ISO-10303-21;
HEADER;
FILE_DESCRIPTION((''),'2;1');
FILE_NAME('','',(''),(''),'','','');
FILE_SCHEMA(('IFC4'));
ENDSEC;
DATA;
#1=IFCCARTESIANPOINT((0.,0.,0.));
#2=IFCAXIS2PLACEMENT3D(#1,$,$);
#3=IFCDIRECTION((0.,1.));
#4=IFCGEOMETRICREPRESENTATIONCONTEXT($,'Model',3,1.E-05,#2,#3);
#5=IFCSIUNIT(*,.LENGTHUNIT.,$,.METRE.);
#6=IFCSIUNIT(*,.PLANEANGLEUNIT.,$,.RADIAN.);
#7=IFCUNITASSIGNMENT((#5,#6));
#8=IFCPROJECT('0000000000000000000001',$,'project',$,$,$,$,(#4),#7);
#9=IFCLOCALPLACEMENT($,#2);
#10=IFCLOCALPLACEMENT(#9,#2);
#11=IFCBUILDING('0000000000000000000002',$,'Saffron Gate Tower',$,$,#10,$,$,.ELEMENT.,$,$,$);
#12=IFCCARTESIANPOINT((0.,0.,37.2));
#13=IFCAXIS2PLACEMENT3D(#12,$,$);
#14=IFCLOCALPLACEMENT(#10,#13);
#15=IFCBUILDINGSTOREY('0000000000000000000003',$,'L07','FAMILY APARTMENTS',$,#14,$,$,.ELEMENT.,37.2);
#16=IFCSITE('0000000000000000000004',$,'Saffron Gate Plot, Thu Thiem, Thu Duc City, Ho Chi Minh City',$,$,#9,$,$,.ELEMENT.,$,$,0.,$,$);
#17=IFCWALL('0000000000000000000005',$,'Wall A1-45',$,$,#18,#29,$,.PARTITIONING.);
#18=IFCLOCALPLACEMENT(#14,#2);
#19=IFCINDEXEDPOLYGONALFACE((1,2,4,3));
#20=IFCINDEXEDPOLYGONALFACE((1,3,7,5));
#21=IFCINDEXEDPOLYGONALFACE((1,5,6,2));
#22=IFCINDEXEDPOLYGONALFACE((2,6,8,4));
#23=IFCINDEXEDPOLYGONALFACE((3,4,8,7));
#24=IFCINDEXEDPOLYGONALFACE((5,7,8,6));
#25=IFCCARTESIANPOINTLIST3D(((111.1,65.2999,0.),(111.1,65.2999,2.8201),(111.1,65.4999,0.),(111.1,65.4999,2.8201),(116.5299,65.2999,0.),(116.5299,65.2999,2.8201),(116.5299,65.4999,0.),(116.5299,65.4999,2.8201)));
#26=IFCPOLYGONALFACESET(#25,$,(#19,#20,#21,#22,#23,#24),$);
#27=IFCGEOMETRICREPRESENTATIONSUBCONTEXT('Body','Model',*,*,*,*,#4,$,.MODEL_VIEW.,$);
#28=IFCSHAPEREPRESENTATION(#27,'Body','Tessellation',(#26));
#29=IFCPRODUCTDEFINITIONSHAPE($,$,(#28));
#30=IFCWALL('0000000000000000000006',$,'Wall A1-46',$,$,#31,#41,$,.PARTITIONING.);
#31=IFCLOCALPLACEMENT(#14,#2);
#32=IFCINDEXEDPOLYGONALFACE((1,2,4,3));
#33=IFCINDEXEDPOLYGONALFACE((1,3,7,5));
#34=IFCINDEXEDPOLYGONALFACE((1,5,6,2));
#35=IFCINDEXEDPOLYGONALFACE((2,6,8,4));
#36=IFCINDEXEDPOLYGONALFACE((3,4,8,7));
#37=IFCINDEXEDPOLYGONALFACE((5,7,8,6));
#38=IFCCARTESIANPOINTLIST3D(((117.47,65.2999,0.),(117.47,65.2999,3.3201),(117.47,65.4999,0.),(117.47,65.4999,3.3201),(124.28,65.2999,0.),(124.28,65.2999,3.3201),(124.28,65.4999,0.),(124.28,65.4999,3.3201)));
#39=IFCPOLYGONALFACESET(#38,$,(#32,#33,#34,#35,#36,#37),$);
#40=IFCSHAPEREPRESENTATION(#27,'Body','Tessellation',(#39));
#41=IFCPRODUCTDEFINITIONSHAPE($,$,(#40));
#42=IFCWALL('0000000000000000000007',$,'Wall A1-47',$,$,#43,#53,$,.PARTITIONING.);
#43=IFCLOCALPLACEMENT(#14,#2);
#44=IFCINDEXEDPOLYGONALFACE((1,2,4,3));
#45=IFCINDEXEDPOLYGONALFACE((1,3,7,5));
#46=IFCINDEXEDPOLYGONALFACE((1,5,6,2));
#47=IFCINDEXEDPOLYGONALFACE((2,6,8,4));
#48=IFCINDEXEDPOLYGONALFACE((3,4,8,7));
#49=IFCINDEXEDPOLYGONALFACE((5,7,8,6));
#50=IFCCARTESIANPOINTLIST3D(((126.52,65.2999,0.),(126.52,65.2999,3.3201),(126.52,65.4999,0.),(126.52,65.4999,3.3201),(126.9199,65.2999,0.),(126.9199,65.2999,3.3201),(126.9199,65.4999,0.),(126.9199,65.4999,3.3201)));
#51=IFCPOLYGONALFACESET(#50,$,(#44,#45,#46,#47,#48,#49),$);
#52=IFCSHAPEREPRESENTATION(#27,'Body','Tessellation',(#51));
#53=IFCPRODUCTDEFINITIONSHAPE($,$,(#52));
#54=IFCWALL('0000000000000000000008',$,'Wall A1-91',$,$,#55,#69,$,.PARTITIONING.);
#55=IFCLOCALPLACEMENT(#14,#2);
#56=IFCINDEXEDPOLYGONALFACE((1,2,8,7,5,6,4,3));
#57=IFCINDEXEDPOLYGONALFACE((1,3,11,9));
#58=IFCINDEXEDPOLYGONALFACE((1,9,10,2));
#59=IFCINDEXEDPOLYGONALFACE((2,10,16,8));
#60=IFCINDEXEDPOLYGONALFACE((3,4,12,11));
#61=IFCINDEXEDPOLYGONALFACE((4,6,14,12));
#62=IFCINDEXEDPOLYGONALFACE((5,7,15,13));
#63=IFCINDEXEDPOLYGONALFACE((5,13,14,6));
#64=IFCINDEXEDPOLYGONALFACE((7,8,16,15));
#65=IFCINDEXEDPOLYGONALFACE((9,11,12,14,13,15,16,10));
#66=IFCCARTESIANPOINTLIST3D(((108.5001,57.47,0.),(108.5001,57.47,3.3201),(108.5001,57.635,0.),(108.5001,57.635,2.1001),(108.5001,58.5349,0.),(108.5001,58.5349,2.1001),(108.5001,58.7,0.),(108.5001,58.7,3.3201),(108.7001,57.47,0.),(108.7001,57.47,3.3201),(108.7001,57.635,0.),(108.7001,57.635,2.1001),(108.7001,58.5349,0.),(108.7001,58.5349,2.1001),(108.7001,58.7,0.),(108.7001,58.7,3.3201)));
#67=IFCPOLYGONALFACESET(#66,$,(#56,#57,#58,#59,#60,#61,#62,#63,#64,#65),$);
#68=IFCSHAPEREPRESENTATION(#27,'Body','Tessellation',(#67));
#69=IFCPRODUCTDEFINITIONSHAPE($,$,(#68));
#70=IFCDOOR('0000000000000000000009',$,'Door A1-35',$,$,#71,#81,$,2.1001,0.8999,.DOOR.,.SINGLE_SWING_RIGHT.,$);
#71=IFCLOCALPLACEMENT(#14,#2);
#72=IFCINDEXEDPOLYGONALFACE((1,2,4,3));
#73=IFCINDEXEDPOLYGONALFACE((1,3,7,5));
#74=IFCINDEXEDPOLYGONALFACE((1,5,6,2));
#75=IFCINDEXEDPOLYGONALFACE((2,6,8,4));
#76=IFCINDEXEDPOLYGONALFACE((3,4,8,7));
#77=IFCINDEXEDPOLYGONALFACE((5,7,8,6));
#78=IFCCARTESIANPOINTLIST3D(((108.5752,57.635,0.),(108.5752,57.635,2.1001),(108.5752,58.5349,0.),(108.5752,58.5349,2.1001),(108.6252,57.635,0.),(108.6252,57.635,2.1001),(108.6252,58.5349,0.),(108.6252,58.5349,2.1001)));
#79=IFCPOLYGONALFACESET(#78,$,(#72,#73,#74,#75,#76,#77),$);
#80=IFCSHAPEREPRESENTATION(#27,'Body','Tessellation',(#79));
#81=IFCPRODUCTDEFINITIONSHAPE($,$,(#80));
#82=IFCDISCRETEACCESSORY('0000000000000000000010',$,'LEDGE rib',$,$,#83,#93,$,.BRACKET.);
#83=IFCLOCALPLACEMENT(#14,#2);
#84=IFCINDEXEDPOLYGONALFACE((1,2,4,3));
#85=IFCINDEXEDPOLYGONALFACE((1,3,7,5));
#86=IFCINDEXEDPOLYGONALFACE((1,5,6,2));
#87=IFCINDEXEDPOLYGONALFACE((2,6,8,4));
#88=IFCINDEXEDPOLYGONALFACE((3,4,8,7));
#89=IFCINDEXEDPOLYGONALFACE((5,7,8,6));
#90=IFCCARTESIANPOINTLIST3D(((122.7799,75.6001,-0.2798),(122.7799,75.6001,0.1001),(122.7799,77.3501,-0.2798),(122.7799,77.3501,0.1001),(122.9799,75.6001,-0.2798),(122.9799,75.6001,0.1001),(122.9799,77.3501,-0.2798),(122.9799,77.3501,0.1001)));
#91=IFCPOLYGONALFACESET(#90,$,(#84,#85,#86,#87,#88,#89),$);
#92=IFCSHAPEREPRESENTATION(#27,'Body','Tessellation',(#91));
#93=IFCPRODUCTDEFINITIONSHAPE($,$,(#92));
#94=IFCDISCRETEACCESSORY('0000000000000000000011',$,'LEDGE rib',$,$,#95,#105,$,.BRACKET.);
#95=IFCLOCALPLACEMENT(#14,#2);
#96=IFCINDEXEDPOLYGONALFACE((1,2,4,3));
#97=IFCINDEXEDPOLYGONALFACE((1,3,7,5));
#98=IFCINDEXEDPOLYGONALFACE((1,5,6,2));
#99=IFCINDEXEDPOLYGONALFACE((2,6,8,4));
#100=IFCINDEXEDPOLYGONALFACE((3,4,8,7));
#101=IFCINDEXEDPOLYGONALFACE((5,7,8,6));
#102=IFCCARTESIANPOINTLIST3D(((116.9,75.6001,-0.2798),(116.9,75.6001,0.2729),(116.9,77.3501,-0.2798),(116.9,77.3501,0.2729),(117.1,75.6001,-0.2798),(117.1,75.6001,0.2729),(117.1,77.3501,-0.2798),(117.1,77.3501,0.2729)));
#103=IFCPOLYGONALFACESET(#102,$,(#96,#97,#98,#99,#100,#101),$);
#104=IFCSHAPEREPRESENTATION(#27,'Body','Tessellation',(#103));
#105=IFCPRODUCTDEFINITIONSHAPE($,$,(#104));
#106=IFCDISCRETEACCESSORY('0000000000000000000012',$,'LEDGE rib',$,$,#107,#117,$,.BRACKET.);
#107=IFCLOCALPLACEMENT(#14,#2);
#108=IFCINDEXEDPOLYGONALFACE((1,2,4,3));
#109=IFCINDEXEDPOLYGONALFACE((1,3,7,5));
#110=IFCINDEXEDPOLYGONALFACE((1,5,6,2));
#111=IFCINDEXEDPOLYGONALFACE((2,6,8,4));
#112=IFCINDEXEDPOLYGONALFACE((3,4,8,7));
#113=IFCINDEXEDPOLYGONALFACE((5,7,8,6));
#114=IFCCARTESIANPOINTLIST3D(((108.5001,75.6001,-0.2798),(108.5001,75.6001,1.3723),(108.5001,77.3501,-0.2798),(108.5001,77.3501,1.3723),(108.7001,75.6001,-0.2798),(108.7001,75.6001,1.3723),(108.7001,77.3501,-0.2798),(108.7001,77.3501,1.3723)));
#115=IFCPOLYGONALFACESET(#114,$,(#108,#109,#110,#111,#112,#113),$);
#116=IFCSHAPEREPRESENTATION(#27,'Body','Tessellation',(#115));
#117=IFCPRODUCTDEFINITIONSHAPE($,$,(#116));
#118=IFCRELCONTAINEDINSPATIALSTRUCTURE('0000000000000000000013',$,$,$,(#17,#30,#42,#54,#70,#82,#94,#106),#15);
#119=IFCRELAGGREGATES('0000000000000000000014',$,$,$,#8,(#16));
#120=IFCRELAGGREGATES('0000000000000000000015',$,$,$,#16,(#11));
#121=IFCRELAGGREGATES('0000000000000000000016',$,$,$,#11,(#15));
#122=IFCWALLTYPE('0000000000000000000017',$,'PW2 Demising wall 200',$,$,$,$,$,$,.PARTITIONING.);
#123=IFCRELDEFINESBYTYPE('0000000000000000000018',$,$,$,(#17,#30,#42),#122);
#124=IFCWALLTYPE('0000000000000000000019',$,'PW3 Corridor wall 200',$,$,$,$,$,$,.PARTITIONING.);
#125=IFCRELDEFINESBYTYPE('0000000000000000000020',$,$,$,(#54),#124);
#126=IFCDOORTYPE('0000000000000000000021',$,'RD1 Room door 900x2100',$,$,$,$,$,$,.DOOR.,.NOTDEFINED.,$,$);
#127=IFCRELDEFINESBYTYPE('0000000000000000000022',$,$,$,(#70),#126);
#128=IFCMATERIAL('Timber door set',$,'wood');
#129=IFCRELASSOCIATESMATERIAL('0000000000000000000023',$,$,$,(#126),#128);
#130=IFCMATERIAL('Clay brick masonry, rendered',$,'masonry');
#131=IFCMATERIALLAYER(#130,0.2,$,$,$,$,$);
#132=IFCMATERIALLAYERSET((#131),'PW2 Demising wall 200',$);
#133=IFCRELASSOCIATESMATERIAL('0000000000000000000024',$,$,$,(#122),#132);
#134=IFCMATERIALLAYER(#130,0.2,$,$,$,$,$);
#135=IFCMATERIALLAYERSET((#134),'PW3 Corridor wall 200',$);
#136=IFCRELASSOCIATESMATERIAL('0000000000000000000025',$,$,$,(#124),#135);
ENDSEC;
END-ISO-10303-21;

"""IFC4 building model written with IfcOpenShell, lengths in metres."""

from ifc_helpers import new_model, si_unit, direction, frame, frame_2d, origin, origin_2d, place, context, subcontext, project, spatial, rectangle, extrude, material, layer, layer_set, type_object, element, fill, save


model = new_model("IFC4")

# Units and contexts
model_context = context("Model", 3, precision=1e-05, world=origin(), true_north=direction((0.0, 1.0)))
body_context = subcontext(model_context, "Body", "Model", "MODEL_VIEW")
ifc_project = project(units=[si_unit("LENGTHUNIT", "METRE"), si_unit("PLANEANGLEUNIT", "RADIAN")], contexts=[model_context])

# Site, building, storey
site_placement = place(None, origin())
site = spatial("IfcSite", under=ifc_project, at=site_placement, Name="Saffron Gate Plot, Thu Thiem, Thu Duc City, Ho Chi Minh City", CompositionType="ELEMENT", RefElevation=0.0)
building_placement = place(site_placement, origin())
building = spatial("IfcBuilding", under=site, at=building_placement, Name="Saffron Gate Tower", CompositionType="ELEMENT")
storey_placement = place(building_placement, frame((0.0, 0.0, 37.2)))
storey = spatial("IfcBuildingStorey", under=building, at=storey_placement, Name="L07", Description="FAMILY APARTMENTS", CompositionType="ELEMENT", Elevation=37.2)

# Shared definitions
ifc_material_1 = material(Name="Timber door set", Category="wood")
door_type_1 = type_object("IfcDoorType", Name="RD1 Room door 900x2100", OperationType="NOTDEFINED", PredefinedType="DOOR", material=ifc_material_1)

# Walls
ifc_material_2 = material(Name="Clay brick masonry, rendered", Category="masonry")
ifc_layer_1 = layer(ifc_material_2, 0.2)
ifc_layer_set_1 = layer_set([ifc_layer_1], Name="PW2 Demising wall 200")
wall_type_1 = type_object("IfcWallType", Name="PW2 Demising wall 200", PredefinedType="PARTITIONING", material=ifc_layer_set_1)
wall_1_placement = place(storey_placement, frame((111.1001, 65.3999, 0.0), z_axis=(0.0, 0.0, 1.0), x_axis=(1.0, 0.0, 0.0)))
element("IfcWall", 1, at=wall_1_placement, inside=storey, type_object=wall_type_1, Name="Wall A1-45", PredefinedType="PARTITIONING", context=body_context, shape_type="SweptSolid", body=[
    extrude(rectangle(XDim=5.4299, YDim=0.2, at=frame_2d((2.7148, 0.0))), origin(), (0.0, 0.0, 1.0), 2.8201),
])
wall_2_placement = place(storey_placement, frame((117.47, 65.3999, 0.0), z_axis=(0.0, 0.0, 1.0), x_axis=(1.0, 0.0, 0.0)))
element("IfcWall", 2, at=wall_2_placement, inside=storey, type_object=wall_type_1, Name="Wall A1-46", PredefinedType="PARTITIONING", context=body_context, shape_type="SweptSolid", body=[
    extrude(rectangle(XDim=6.8101, YDim=0.2, at=frame_2d((3.405, 0.0))), origin(), (0.0, 0.0, 1.0), 3.3201),
])
wall_3_placement = place(storey_placement, frame((126.52, 65.3999, 0.0), z_axis=(0.0, 0.0, 1.0), x_axis=(1.0, 0.0, 0.0)))
element("IfcWall", 3, at=wall_3_placement, inside=storey, type_object=wall_type_1, Name="Wall A1-47", PredefinedType="PARTITIONING", context=body_context, shape_type="SweptSolid", body=[
    extrude(rectangle(XDim=0.3999, YDim=0.2, at=frame_2d((0.2, 0.0))), origin(), (0.0, 0.0, 1.0), 3.3201),
])

# Wall, opening, door
ifc_layer_2 = layer(ifc_material_2, 0.2)
ifc_layer_set_2 = layer_set([ifc_layer_2], Name="PW3 Corridor wall 200")
wall_type_2 = type_object("IfcWallType", Name="PW3 Corridor wall 200", PredefinedType="PARTITIONING", material=ifc_layer_set_2)
wall_4_placement = place(storey_placement, frame((108.6001, 57.47, 0.0), z_axis=(0.0, 0.0, 1.0), x_axis=(0.0, 1.0, 0.0)))
wall_4 = element("IfcWall", 4, at=wall_4_placement, inside=storey, type_object=wall_type_2, Name="Wall A1-91", PredefinedType="PARTITIONING", context=body_context, shape_type="SweptSolid", body=[
    extrude(rectangle(XDim=1.23, YDim=0.2, at=frame_2d((0.615, 0.0))), origin(), (0.0, 0.0, 1.0), 3.3201),
])
opening_1_placement = place(wall_4_placement, frame((0.165, 0.0, 0.0)))
opening_1 = element("IfcOpeningElement", 5, at=opening_1_placement, cuts=wall_4, PredefinedType="OPENING", context=body_context, shape_type="SweptSolid", body=[
    extrude(rectangle(XDim=0.8999, YDim=2.1001, at=frame_2d((0.45, 1.05))), frame((0.0, 0.1099, 0.0), z_axis=(0.0, -1.0, 0.0), x_axis=(1.0, 0.0, 0.0)), (0.0, 0.0, 1.0), 0.22),
])
door_1_placement = place(opening_1_placement, origin())
door_1 = element("IfcDoor", 6, at=door_1_placement, inside=storey, type_object=door_type_1, Name="Door A1-35", OperationType="SINGLE_SWING_RIGHT", OverallHeight=2.1001, OverallWidth=0.8999, PredefinedType="DOOR", context=body_context, shape_type="SweptSolid", body=[
    extrude(rectangle(XDim=0.8999, YDim=2.1001, at=frame_2d((0.45, 1.05))), frame((0.0, 0.0249, 0.0), z_axis=(0.0, -1.0, 0.0), x_axis=(1.0, 0.0, 0.0)), (0.0, 0.0, 1.0), 0.05),
])
fill(opening_1, door_1)

# Discrete accessories
discrete_accessory_1_placement = place(storey_placement, frame((122.8799, 76.4751, -0.2798), z_axis=(0.0, 0.0, 1.0), x_axis=(-1.0, 0.0, 0.0)))
element("IfcDiscreteAccessory", 7, at=discrete_accessory_1_placement, inside=storey, Name="LEDGE rib", PredefinedType="BRACKET", context=body_context, shape_type="SweptSolid", body=[
    extrude(rectangle(XDim=0.2, YDim=1.75, at=origin_2d()), origin(), (0.0, 0.0, 1.0), 0.3799),
])
discrete_accessory_2_placement = place(storey_placement, frame((117.0, 76.4751, -0.2798), z_axis=(0.0, 0.0, 1.0), x_axis=(-1.0, 0.0, 0.0)))
element("IfcDiscreteAccessory", 8, at=discrete_accessory_2_placement, inside=storey, Name="LEDGE rib", PredefinedType="BRACKET", context=body_context, shape_type="SweptSolid", body=[
    extrude(rectangle(XDim=0.2, YDim=1.75, at=origin_2d()), origin(), (0.0, 0.0, 1.0), 0.5527),
])
discrete_accessory_3_placement = place(storey_placement, frame((108.6001, 76.4751, -0.2798), z_axis=(0.0, 0.0, 1.0), x_axis=(-1.0, 0.0, 0.0)))
element("IfcDiscreteAccessory", 9, at=discrete_accessory_3_placement, inside=storey, Name="LEDGE rib", PredefinedType="BRACKET", context=body_context, shape_type="SweptSolid", body=[
    extrude(rectangle(XDim=0.2, YDim=1.75, at=origin_2d()), origin(), (0.0, 0.0, 1.0), 1.6521),
])

save(model, "model.ifc")
